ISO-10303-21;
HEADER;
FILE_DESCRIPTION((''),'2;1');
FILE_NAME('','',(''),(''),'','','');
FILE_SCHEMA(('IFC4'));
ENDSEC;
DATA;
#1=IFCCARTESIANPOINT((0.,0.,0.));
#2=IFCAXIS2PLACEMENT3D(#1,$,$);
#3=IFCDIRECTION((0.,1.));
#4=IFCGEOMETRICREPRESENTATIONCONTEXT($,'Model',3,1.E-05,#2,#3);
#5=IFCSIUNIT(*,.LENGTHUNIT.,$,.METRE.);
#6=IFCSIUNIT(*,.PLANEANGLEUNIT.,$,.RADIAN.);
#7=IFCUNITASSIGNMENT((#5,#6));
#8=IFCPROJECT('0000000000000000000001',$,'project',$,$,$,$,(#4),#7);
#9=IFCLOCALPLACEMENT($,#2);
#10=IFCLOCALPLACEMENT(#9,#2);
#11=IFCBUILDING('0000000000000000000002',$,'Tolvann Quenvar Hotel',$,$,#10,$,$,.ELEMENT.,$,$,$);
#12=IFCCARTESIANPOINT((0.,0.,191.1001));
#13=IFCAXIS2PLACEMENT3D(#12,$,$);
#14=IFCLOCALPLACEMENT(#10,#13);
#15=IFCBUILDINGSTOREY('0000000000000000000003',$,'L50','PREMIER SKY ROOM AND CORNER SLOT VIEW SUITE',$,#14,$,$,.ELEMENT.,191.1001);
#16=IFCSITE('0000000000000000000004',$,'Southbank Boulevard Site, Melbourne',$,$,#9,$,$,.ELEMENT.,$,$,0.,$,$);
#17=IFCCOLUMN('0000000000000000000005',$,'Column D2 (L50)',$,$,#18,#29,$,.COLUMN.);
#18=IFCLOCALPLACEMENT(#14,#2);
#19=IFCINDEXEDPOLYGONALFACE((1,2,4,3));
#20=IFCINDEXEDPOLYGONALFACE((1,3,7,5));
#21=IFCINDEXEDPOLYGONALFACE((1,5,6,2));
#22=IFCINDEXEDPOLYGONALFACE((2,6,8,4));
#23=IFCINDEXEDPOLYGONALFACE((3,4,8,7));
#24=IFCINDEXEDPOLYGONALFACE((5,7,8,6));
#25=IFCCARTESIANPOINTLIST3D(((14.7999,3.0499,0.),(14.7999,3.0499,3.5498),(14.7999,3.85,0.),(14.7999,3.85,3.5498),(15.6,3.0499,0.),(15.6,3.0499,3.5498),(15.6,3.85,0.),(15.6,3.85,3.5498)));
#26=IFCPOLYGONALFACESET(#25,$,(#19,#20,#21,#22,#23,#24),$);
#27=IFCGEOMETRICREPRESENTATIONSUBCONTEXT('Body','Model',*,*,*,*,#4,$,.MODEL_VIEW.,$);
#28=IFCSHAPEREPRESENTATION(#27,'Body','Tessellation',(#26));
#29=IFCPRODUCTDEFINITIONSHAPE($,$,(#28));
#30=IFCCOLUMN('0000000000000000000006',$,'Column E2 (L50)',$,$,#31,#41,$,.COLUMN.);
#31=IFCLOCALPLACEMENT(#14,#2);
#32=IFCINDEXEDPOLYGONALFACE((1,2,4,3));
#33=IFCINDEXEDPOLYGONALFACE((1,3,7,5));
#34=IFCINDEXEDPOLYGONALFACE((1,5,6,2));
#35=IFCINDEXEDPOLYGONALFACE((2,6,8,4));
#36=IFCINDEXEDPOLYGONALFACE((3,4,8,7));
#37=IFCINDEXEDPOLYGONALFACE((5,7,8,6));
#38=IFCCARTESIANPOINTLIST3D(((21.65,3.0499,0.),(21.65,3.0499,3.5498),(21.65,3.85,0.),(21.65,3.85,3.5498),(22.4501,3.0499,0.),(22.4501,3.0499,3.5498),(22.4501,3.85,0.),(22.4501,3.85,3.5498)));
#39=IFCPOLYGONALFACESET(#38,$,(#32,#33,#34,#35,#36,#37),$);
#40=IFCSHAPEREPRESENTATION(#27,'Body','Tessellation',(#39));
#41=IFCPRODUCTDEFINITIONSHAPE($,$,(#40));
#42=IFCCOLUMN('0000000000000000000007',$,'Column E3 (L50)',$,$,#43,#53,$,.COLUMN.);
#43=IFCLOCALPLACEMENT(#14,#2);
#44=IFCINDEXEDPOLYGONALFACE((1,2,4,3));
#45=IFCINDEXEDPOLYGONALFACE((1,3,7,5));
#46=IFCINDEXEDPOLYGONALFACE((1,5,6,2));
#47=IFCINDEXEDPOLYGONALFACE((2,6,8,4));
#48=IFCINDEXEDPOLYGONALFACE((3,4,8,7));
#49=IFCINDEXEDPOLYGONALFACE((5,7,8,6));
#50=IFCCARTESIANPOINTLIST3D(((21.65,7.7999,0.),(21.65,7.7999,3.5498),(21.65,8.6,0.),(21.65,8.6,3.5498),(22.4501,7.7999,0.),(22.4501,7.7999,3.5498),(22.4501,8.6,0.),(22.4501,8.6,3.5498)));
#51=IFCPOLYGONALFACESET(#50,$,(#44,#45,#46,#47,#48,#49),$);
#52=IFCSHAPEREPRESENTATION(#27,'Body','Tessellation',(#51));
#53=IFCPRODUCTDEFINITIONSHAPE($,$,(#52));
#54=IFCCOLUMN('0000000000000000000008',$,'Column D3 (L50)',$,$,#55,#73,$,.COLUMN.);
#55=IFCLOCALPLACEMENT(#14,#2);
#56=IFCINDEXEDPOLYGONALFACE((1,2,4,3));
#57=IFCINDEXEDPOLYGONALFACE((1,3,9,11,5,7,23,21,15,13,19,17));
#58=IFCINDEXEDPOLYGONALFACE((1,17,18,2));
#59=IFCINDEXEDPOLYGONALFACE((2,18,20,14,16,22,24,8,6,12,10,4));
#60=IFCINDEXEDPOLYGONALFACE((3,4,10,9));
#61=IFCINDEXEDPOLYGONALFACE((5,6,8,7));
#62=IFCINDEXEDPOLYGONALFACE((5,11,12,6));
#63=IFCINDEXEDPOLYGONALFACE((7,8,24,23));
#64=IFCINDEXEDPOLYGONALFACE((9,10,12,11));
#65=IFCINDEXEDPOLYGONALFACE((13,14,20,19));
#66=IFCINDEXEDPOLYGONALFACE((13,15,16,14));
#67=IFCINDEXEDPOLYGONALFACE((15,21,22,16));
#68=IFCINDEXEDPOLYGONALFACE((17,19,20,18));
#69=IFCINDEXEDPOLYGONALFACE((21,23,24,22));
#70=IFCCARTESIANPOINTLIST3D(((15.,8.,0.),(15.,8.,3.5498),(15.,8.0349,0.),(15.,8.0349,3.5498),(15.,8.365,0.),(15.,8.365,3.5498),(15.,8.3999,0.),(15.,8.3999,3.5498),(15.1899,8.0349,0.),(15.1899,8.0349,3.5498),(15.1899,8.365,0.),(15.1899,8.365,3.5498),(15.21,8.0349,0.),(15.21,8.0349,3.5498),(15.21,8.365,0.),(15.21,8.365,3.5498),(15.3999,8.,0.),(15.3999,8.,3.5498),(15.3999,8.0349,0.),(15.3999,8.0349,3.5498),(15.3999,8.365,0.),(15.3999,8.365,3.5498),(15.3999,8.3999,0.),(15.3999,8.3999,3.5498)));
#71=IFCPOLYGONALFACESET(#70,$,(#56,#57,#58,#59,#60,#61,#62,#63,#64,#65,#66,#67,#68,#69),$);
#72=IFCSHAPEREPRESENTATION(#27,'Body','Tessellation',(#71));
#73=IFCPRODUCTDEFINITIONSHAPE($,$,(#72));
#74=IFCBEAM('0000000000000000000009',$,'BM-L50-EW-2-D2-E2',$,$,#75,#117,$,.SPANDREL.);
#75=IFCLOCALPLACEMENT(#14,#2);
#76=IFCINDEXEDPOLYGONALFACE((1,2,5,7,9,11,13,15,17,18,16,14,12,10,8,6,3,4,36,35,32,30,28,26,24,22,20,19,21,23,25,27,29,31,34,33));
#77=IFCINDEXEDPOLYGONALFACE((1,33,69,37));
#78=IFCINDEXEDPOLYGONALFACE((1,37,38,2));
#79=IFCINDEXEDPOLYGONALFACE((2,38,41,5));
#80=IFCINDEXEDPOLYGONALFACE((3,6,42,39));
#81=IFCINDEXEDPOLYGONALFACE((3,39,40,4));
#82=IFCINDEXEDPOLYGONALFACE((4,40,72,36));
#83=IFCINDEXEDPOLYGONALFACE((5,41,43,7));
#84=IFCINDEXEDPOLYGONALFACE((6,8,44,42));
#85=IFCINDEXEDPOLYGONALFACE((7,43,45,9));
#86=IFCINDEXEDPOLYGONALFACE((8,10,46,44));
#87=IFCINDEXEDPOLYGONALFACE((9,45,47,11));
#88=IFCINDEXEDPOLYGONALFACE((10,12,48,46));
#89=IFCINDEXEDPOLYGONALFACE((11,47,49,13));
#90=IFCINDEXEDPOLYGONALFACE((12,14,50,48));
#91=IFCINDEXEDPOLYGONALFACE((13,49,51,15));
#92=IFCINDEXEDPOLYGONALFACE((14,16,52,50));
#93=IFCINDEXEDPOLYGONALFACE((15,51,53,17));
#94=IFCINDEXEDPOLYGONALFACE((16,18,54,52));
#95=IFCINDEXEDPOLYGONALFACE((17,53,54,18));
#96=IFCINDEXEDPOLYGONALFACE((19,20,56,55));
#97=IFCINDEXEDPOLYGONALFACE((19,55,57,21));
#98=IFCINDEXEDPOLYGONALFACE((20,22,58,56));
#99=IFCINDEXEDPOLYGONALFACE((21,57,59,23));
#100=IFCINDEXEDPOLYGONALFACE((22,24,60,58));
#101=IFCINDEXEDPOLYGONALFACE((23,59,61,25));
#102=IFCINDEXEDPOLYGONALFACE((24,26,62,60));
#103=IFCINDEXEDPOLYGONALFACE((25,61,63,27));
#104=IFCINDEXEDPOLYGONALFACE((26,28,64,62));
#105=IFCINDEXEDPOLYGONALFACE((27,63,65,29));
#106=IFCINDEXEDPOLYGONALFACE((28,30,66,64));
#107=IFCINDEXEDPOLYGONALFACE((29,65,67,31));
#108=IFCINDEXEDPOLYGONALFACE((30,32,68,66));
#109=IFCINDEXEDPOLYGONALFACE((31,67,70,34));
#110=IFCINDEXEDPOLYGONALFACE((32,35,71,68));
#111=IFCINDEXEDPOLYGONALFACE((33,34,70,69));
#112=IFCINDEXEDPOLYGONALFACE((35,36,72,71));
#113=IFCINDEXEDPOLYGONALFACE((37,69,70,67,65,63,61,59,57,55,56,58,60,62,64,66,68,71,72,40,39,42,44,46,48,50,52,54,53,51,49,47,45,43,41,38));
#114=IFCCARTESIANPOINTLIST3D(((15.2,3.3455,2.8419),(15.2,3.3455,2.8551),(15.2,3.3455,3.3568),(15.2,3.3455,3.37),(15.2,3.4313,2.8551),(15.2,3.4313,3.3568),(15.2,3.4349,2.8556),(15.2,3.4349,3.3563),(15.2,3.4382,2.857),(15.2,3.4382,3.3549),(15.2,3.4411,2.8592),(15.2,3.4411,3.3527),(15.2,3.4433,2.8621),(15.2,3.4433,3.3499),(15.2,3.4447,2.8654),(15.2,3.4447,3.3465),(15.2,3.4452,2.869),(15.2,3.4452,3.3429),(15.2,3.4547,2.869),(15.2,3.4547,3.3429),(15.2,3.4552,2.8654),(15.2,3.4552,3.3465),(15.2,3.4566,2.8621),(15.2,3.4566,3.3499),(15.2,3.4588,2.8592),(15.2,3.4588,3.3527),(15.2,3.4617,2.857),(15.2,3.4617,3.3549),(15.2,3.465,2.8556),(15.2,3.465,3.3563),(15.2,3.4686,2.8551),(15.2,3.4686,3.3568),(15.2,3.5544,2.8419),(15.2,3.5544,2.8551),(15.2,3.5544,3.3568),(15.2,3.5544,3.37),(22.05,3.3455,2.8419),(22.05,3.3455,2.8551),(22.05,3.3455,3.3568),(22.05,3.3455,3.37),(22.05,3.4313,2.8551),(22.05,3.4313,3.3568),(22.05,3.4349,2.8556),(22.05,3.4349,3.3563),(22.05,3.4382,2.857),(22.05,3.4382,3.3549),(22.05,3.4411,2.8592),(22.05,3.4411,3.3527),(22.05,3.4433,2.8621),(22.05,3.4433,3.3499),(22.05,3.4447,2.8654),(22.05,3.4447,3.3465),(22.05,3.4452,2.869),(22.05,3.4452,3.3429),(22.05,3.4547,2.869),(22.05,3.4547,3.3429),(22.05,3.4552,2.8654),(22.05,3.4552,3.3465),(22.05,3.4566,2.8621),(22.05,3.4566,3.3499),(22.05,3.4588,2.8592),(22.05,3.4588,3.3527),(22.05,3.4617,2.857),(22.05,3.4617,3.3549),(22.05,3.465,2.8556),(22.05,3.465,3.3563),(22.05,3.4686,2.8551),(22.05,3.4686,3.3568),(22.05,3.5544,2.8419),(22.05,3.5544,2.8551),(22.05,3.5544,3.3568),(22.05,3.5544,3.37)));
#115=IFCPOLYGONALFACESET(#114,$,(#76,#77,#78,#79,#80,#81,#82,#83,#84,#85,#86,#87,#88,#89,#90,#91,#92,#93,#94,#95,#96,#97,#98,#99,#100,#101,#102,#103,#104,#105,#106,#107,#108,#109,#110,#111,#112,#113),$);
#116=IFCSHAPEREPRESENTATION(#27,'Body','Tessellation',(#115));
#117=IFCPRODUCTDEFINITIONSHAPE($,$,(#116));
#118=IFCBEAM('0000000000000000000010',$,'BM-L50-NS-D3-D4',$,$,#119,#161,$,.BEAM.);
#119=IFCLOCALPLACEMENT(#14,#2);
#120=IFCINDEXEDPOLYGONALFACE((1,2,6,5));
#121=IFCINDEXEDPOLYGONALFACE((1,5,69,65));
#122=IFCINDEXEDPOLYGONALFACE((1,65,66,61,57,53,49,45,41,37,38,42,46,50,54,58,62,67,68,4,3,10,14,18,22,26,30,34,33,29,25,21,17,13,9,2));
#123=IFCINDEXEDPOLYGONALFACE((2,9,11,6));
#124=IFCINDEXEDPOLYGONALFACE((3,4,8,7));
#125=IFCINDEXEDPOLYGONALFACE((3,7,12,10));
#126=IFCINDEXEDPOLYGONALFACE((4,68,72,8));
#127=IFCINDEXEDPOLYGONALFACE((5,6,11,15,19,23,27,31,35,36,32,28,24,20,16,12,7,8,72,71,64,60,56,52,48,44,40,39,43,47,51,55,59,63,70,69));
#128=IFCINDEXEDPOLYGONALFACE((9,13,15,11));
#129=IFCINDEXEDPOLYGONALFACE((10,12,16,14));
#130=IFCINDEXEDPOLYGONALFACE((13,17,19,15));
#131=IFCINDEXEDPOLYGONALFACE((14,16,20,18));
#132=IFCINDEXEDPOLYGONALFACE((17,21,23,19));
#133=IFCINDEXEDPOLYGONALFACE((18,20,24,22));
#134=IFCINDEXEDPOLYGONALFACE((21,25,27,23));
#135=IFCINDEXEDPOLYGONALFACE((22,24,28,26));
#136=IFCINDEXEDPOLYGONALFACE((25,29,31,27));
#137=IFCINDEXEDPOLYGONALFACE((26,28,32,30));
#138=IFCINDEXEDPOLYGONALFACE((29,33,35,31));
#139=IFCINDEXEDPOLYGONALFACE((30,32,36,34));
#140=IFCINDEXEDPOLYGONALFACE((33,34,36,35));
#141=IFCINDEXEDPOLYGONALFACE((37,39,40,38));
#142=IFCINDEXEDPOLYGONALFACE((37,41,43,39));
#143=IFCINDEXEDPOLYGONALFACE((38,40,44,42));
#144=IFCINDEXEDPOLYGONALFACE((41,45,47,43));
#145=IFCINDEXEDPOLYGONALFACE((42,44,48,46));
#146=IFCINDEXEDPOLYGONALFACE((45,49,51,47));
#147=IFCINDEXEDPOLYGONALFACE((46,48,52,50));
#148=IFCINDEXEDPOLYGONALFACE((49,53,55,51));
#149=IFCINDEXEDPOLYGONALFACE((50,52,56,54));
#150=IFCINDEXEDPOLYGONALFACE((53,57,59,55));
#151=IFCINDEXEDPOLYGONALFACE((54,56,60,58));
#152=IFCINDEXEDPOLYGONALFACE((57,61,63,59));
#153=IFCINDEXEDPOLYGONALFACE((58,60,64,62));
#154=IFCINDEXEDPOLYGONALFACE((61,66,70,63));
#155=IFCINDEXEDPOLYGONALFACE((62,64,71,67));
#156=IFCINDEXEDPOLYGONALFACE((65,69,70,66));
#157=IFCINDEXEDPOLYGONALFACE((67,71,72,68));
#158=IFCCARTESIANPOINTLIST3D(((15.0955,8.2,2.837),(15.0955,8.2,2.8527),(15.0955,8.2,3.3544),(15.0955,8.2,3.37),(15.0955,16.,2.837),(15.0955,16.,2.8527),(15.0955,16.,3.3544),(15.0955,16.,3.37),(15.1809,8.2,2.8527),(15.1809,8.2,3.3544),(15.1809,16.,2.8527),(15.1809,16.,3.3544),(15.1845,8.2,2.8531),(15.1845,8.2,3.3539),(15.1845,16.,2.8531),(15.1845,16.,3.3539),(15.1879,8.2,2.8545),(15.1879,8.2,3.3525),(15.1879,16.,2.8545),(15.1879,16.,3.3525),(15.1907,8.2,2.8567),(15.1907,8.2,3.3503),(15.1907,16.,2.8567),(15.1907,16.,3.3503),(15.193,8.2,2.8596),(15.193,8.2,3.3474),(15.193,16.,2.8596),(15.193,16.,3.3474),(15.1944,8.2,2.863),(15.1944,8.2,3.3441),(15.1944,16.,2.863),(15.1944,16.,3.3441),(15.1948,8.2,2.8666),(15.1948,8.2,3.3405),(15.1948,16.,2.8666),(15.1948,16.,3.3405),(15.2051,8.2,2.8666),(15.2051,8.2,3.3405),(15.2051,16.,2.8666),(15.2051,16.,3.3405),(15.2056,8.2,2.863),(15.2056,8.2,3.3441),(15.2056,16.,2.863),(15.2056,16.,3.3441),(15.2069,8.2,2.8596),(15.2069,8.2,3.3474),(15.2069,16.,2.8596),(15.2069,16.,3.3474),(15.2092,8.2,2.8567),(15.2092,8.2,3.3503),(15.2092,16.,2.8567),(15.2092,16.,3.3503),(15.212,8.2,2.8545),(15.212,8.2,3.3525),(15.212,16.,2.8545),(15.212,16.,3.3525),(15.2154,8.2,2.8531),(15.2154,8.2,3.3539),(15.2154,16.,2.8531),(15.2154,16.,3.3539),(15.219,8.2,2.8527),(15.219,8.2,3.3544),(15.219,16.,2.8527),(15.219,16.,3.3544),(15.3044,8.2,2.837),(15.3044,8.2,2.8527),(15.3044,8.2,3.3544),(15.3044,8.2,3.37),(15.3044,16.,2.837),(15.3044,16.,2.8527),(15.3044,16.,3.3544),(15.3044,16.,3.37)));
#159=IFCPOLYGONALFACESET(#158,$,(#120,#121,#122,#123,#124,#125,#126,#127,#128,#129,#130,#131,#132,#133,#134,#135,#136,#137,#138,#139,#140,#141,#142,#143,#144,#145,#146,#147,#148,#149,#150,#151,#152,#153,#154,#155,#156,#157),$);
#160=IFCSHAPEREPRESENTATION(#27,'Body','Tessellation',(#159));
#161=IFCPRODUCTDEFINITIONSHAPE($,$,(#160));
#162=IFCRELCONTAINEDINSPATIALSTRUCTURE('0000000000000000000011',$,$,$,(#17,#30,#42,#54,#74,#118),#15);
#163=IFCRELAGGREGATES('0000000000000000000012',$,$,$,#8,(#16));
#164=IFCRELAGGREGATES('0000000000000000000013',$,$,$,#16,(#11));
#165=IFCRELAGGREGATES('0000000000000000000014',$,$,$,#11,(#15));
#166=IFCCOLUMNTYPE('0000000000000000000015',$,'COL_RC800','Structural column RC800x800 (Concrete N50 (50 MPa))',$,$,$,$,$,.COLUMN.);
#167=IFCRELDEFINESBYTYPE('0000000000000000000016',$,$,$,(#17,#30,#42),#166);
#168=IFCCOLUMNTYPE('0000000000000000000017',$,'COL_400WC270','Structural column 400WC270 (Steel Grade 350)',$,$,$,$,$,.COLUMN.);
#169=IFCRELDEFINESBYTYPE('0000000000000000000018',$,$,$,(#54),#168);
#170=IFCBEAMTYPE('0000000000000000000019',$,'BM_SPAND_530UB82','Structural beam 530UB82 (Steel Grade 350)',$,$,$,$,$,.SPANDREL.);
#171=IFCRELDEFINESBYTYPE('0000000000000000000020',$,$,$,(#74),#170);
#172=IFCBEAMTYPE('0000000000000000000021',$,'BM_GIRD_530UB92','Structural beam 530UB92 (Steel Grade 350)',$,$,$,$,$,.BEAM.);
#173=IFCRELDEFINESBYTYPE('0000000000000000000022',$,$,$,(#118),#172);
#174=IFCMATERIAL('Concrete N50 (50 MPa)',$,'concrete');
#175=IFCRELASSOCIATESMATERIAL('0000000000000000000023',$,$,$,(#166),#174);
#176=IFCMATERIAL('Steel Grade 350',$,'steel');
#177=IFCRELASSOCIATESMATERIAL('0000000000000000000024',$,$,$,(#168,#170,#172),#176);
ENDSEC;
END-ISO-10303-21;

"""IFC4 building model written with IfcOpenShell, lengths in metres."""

from ifc_helpers import new_model, si_unit, direction, frame, origin, origin_2d, place, context, subcontext, project, spatial, rectangle, i_section, extrude, source, transform, mapped, material, material_profile, profile_set, type_object, type_shapes, element, save


model = new_model("IFC4")

# Units and contexts
model_context = context("Model", 3, precision=1e-05, world=origin(), true_north=direction((0.0, 1.0)))
body_context = subcontext(model_context, "Body", "Model", "MODEL_VIEW")
ifc_project = project(units=[si_unit("LENGTHUNIT", "METRE"), si_unit("PLANEANGLEUNIT", "RADIAN")], contexts=[model_context])

# Site, building, storey
site_placement = place(None, origin())
site = spatial("IfcSite", under=ifc_project, at=site_placement, Name="Southbank Boulevard Site, Melbourne", CompositionType="ELEMENT", RefElevation=0.0)
building_placement = place(site_placement, origin())
building = spatial("IfcBuilding", under=site, at=building_placement, Name="Tolvann Quenvar Hotel", CompositionType="ELEMENT")
storey_placement = place(building_placement, frame((0.0, 0.0, 191.1001)))
storey = spatial("IfcBuildingStorey", under=building, at=storey_placement, Name="L50", Description="PREMIER SKY ROOM AND CORNER SLOT VIEW SUITE", CompositionType="ELEMENT", Elevation=191.1001)

# Columns
ifc_material_1 = material(Name="Concrete N50 (50 MPa)", Category="concrete")
ifc_material_profile_1 = material_profile(ifc_material_1, rectangle(XDim=0.8, YDim=0.8, at=origin_2d()), Name="RC800x800")
ifc_profile_set_1 = profile_set([ifc_material_profile_1], Name="Concrete N50 (50 MPa)")
column_type_1 = type_object("IfcColumnType", Name="COL_RC800", Description="Structural column RC800x800 (Concrete N50 (50 MPa))", PredefinedType="COLUMN", material=ifc_profile_set_1)
shared_shape_1 = source(origin(), body_context, "Body", "SweptSolid", [
    extrude(rectangle(XDim=0.8, YDim=0.8, at=origin_2d()), origin(), (0.0, 0.0, 1.0), 3.5498),
])
type_shapes(column_type_1, [shared_shape_1])
for number, where, z_axis, x_axis, name in (
    (1, (15.2, 3.45, 0.0), (0.0, 0.0, 1.0), (1.0, 0.0, 0.0), "Column D2 (L50)"),
    (2, (22.05, 3.45, 0.0), (0.0, 0.0, 1.0), (1.0, 0.0, 0.0), "Column E2 (L50)"),
    (3, (22.05, 8.2, 0.0), (0.0, 0.0, 1.0), (1.0, 0.0, 0.0), "Column E3 (L50)"),
):
    element("IfcColumn", number, at=place(storey_placement, frame(where, z_axis=z_axis, x_axis=x_axis)), inside=storey, type_object=column_type_1, Name=name, PredefinedType="COLUMN", context=body_context, shape_type="MappedRepresentation", body=[
        mapped(shared_shape_1, transform((0.0, 0.0, 0.0), x_axis=(1.0, 0.0, 0.0), y_axis=(0.0, 1.0, 0.0), z_axis=(0.0, 0.0, 1.0), scale=1.0)),
    ])
ifc_material_2 = material(Name="Steel Grade 350", Category="steel")
ifc_material_profile_2 = material_profile(ifc_material_2, i_section(OverallWidth=0.3999, OverallDepth=0.3999, WebThickness=0.02, FlangeThickness=0.0349, at=origin_2d()), Name="400WC270")
ifc_profile_set_2 = profile_set([ifc_material_profile_2], Name="Steel Grade 350")
column_type_2 = type_object("IfcColumnType", Name="COL_400WC270", Description="Structural column 400WC270 (Steel Grade 350)", PredefinedType="COLUMN", material=ifc_profile_set_2)
shared_shape_2 = source(origin(), body_context, "Body", "SweptSolid", [
    extrude(i_section(OverallWidth=0.3999, OverallDepth=0.3999, WebThickness=0.02, FlangeThickness=0.0349, at=origin_2d()), origin(), (0.0, 0.0, 1.0), 3.5498),
])
type_shapes(column_type_2, [shared_shape_2])
column_placement = place(storey_placement, frame((15.2, 8.2, 0.0), z_axis=(0.0, 0.0, 1.0), x_axis=(1.0, 0.0, 0.0)))
element("IfcColumn", 4, at=column_placement, inside=storey, type_object=column_type_2, Name="Column D3 (L50)", PredefinedType="COLUMN", context=body_context, shape_type="MappedRepresentation", body=[
    mapped(shared_shape_2, transform((0.0, 0.0, 0.0), x_axis=(1.0, 0.0, 0.0), y_axis=(0.0, 1.0, 0.0), z_axis=(0.0, 0.0, 1.0), scale=1.0)),
])

# Beams
ifc_material_profile_3 = material_profile(ifc_material_2, i_section(OverallWidth=0.209, OverallDepth=0.5281, WebThickness=0.0095, FlangeThickness=0.0132, FilletRadius=0.0139, at=origin_2d()), Name="530UB82")
ifc_profile_set_3 = profile_set([ifc_material_profile_3], Name="Steel Grade 350")
beam_type_1 = type_object("IfcBeamType", Name="BM_SPAND_530UB82", Description="Structural beam 530UB82 (Steel Grade 350)", PredefinedType="SPANDREL", material=ifc_profile_set_3)
shared_shape_3 = source(origin(), body_context, "Body", "SweptSolid", [
    extrude(i_section(OverallWidth=0.209, OverallDepth=0.5281, WebThickness=0.0095, FlangeThickness=0.0132, FilletRadius=0.0139, at=origin_2d()), origin(), (0.0, 0.0, 1.0), 6.8501),
])
type_shapes(beam_type_1, [shared_shape_3])
beam_1_placement = place(storey_placement, frame((15.2, 3.45, 3.106), z_axis=(1.0, 0.0, 0.0), x_axis=(0.0, 1.0, 0.0)))
element("IfcBeam", 5, at=beam_1_placement, inside=storey, type_object=beam_type_1, Name="BM-L50-EW-2-D2-E2", PredefinedType="SPANDREL", context=body_context, shape_type="MappedRepresentation", body=[
    mapped(shared_shape_3, transform((0.0, 0.0, 0.0), x_axis=(1.0, 0.0, 0.0), y_axis=(0.0, 1.0, 0.0), z_axis=(0.0, 0.0, 1.0), scale=1.0)),
])
ifc_material_profile_4 = material_profile(ifc_material_2, i_section(OverallWidth=0.209, OverallDepth=0.533, WebThickness=0.0103, FlangeThickness=0.0156, FilletRadius=0.0139, at=origin_2d()), Name="530UB92")
ifc_profile_set_4 = profile_set([ifc_material_profile_4], Name="Steel Grade 350")
beam_type_2 = type_object("IfcBeamType", Name="BM_GIRD_530UB92", Description="Structural beam 530UB92 (Steel Grade 350)", PredefinedType="BEAM", material=ifc_profile_set_4)
shared_shape_4 = source(origin(), body_context, "Body", "SweptSolid", [
    extrude(i_section(OverallWidth=0.209, OverallDepth=0.533, WebThickness=0.0103, FlangeThickness=0.0156, FilletRadius=0.0139, at=origin_2d()), origin(), (0.0, 0.0, 1.0), 7.8),
])
for number, where, z_axis, x_axis, name in (
    (6, (15.2, 8.2, 3.1035), (0.0, 1.0, 0.0), (-1.0, 0.0, 0.0), "BM-L50-NS-D3-D4"),
):
    element("IfcBeam", number, at=place(storey_placement, frame(where, z_axis=z_axis, x_axis=x_axis)), inside=storey, type_object=beam_type_2, Name=name, PredefinedType="BEAM", context=body_context, shape_type="MappedRepresentation", body=[
        mapped(shared_shape_4, transform((0.0, 0.0, 0.0), x_axis=(1.0, 0.0, 0.0), y_axis=(0.0, 1.0, 0.0), z_axis=(0.0, 0.0, 1.0), scale=1.0)),
    ])

save(model, "model.ifc")
